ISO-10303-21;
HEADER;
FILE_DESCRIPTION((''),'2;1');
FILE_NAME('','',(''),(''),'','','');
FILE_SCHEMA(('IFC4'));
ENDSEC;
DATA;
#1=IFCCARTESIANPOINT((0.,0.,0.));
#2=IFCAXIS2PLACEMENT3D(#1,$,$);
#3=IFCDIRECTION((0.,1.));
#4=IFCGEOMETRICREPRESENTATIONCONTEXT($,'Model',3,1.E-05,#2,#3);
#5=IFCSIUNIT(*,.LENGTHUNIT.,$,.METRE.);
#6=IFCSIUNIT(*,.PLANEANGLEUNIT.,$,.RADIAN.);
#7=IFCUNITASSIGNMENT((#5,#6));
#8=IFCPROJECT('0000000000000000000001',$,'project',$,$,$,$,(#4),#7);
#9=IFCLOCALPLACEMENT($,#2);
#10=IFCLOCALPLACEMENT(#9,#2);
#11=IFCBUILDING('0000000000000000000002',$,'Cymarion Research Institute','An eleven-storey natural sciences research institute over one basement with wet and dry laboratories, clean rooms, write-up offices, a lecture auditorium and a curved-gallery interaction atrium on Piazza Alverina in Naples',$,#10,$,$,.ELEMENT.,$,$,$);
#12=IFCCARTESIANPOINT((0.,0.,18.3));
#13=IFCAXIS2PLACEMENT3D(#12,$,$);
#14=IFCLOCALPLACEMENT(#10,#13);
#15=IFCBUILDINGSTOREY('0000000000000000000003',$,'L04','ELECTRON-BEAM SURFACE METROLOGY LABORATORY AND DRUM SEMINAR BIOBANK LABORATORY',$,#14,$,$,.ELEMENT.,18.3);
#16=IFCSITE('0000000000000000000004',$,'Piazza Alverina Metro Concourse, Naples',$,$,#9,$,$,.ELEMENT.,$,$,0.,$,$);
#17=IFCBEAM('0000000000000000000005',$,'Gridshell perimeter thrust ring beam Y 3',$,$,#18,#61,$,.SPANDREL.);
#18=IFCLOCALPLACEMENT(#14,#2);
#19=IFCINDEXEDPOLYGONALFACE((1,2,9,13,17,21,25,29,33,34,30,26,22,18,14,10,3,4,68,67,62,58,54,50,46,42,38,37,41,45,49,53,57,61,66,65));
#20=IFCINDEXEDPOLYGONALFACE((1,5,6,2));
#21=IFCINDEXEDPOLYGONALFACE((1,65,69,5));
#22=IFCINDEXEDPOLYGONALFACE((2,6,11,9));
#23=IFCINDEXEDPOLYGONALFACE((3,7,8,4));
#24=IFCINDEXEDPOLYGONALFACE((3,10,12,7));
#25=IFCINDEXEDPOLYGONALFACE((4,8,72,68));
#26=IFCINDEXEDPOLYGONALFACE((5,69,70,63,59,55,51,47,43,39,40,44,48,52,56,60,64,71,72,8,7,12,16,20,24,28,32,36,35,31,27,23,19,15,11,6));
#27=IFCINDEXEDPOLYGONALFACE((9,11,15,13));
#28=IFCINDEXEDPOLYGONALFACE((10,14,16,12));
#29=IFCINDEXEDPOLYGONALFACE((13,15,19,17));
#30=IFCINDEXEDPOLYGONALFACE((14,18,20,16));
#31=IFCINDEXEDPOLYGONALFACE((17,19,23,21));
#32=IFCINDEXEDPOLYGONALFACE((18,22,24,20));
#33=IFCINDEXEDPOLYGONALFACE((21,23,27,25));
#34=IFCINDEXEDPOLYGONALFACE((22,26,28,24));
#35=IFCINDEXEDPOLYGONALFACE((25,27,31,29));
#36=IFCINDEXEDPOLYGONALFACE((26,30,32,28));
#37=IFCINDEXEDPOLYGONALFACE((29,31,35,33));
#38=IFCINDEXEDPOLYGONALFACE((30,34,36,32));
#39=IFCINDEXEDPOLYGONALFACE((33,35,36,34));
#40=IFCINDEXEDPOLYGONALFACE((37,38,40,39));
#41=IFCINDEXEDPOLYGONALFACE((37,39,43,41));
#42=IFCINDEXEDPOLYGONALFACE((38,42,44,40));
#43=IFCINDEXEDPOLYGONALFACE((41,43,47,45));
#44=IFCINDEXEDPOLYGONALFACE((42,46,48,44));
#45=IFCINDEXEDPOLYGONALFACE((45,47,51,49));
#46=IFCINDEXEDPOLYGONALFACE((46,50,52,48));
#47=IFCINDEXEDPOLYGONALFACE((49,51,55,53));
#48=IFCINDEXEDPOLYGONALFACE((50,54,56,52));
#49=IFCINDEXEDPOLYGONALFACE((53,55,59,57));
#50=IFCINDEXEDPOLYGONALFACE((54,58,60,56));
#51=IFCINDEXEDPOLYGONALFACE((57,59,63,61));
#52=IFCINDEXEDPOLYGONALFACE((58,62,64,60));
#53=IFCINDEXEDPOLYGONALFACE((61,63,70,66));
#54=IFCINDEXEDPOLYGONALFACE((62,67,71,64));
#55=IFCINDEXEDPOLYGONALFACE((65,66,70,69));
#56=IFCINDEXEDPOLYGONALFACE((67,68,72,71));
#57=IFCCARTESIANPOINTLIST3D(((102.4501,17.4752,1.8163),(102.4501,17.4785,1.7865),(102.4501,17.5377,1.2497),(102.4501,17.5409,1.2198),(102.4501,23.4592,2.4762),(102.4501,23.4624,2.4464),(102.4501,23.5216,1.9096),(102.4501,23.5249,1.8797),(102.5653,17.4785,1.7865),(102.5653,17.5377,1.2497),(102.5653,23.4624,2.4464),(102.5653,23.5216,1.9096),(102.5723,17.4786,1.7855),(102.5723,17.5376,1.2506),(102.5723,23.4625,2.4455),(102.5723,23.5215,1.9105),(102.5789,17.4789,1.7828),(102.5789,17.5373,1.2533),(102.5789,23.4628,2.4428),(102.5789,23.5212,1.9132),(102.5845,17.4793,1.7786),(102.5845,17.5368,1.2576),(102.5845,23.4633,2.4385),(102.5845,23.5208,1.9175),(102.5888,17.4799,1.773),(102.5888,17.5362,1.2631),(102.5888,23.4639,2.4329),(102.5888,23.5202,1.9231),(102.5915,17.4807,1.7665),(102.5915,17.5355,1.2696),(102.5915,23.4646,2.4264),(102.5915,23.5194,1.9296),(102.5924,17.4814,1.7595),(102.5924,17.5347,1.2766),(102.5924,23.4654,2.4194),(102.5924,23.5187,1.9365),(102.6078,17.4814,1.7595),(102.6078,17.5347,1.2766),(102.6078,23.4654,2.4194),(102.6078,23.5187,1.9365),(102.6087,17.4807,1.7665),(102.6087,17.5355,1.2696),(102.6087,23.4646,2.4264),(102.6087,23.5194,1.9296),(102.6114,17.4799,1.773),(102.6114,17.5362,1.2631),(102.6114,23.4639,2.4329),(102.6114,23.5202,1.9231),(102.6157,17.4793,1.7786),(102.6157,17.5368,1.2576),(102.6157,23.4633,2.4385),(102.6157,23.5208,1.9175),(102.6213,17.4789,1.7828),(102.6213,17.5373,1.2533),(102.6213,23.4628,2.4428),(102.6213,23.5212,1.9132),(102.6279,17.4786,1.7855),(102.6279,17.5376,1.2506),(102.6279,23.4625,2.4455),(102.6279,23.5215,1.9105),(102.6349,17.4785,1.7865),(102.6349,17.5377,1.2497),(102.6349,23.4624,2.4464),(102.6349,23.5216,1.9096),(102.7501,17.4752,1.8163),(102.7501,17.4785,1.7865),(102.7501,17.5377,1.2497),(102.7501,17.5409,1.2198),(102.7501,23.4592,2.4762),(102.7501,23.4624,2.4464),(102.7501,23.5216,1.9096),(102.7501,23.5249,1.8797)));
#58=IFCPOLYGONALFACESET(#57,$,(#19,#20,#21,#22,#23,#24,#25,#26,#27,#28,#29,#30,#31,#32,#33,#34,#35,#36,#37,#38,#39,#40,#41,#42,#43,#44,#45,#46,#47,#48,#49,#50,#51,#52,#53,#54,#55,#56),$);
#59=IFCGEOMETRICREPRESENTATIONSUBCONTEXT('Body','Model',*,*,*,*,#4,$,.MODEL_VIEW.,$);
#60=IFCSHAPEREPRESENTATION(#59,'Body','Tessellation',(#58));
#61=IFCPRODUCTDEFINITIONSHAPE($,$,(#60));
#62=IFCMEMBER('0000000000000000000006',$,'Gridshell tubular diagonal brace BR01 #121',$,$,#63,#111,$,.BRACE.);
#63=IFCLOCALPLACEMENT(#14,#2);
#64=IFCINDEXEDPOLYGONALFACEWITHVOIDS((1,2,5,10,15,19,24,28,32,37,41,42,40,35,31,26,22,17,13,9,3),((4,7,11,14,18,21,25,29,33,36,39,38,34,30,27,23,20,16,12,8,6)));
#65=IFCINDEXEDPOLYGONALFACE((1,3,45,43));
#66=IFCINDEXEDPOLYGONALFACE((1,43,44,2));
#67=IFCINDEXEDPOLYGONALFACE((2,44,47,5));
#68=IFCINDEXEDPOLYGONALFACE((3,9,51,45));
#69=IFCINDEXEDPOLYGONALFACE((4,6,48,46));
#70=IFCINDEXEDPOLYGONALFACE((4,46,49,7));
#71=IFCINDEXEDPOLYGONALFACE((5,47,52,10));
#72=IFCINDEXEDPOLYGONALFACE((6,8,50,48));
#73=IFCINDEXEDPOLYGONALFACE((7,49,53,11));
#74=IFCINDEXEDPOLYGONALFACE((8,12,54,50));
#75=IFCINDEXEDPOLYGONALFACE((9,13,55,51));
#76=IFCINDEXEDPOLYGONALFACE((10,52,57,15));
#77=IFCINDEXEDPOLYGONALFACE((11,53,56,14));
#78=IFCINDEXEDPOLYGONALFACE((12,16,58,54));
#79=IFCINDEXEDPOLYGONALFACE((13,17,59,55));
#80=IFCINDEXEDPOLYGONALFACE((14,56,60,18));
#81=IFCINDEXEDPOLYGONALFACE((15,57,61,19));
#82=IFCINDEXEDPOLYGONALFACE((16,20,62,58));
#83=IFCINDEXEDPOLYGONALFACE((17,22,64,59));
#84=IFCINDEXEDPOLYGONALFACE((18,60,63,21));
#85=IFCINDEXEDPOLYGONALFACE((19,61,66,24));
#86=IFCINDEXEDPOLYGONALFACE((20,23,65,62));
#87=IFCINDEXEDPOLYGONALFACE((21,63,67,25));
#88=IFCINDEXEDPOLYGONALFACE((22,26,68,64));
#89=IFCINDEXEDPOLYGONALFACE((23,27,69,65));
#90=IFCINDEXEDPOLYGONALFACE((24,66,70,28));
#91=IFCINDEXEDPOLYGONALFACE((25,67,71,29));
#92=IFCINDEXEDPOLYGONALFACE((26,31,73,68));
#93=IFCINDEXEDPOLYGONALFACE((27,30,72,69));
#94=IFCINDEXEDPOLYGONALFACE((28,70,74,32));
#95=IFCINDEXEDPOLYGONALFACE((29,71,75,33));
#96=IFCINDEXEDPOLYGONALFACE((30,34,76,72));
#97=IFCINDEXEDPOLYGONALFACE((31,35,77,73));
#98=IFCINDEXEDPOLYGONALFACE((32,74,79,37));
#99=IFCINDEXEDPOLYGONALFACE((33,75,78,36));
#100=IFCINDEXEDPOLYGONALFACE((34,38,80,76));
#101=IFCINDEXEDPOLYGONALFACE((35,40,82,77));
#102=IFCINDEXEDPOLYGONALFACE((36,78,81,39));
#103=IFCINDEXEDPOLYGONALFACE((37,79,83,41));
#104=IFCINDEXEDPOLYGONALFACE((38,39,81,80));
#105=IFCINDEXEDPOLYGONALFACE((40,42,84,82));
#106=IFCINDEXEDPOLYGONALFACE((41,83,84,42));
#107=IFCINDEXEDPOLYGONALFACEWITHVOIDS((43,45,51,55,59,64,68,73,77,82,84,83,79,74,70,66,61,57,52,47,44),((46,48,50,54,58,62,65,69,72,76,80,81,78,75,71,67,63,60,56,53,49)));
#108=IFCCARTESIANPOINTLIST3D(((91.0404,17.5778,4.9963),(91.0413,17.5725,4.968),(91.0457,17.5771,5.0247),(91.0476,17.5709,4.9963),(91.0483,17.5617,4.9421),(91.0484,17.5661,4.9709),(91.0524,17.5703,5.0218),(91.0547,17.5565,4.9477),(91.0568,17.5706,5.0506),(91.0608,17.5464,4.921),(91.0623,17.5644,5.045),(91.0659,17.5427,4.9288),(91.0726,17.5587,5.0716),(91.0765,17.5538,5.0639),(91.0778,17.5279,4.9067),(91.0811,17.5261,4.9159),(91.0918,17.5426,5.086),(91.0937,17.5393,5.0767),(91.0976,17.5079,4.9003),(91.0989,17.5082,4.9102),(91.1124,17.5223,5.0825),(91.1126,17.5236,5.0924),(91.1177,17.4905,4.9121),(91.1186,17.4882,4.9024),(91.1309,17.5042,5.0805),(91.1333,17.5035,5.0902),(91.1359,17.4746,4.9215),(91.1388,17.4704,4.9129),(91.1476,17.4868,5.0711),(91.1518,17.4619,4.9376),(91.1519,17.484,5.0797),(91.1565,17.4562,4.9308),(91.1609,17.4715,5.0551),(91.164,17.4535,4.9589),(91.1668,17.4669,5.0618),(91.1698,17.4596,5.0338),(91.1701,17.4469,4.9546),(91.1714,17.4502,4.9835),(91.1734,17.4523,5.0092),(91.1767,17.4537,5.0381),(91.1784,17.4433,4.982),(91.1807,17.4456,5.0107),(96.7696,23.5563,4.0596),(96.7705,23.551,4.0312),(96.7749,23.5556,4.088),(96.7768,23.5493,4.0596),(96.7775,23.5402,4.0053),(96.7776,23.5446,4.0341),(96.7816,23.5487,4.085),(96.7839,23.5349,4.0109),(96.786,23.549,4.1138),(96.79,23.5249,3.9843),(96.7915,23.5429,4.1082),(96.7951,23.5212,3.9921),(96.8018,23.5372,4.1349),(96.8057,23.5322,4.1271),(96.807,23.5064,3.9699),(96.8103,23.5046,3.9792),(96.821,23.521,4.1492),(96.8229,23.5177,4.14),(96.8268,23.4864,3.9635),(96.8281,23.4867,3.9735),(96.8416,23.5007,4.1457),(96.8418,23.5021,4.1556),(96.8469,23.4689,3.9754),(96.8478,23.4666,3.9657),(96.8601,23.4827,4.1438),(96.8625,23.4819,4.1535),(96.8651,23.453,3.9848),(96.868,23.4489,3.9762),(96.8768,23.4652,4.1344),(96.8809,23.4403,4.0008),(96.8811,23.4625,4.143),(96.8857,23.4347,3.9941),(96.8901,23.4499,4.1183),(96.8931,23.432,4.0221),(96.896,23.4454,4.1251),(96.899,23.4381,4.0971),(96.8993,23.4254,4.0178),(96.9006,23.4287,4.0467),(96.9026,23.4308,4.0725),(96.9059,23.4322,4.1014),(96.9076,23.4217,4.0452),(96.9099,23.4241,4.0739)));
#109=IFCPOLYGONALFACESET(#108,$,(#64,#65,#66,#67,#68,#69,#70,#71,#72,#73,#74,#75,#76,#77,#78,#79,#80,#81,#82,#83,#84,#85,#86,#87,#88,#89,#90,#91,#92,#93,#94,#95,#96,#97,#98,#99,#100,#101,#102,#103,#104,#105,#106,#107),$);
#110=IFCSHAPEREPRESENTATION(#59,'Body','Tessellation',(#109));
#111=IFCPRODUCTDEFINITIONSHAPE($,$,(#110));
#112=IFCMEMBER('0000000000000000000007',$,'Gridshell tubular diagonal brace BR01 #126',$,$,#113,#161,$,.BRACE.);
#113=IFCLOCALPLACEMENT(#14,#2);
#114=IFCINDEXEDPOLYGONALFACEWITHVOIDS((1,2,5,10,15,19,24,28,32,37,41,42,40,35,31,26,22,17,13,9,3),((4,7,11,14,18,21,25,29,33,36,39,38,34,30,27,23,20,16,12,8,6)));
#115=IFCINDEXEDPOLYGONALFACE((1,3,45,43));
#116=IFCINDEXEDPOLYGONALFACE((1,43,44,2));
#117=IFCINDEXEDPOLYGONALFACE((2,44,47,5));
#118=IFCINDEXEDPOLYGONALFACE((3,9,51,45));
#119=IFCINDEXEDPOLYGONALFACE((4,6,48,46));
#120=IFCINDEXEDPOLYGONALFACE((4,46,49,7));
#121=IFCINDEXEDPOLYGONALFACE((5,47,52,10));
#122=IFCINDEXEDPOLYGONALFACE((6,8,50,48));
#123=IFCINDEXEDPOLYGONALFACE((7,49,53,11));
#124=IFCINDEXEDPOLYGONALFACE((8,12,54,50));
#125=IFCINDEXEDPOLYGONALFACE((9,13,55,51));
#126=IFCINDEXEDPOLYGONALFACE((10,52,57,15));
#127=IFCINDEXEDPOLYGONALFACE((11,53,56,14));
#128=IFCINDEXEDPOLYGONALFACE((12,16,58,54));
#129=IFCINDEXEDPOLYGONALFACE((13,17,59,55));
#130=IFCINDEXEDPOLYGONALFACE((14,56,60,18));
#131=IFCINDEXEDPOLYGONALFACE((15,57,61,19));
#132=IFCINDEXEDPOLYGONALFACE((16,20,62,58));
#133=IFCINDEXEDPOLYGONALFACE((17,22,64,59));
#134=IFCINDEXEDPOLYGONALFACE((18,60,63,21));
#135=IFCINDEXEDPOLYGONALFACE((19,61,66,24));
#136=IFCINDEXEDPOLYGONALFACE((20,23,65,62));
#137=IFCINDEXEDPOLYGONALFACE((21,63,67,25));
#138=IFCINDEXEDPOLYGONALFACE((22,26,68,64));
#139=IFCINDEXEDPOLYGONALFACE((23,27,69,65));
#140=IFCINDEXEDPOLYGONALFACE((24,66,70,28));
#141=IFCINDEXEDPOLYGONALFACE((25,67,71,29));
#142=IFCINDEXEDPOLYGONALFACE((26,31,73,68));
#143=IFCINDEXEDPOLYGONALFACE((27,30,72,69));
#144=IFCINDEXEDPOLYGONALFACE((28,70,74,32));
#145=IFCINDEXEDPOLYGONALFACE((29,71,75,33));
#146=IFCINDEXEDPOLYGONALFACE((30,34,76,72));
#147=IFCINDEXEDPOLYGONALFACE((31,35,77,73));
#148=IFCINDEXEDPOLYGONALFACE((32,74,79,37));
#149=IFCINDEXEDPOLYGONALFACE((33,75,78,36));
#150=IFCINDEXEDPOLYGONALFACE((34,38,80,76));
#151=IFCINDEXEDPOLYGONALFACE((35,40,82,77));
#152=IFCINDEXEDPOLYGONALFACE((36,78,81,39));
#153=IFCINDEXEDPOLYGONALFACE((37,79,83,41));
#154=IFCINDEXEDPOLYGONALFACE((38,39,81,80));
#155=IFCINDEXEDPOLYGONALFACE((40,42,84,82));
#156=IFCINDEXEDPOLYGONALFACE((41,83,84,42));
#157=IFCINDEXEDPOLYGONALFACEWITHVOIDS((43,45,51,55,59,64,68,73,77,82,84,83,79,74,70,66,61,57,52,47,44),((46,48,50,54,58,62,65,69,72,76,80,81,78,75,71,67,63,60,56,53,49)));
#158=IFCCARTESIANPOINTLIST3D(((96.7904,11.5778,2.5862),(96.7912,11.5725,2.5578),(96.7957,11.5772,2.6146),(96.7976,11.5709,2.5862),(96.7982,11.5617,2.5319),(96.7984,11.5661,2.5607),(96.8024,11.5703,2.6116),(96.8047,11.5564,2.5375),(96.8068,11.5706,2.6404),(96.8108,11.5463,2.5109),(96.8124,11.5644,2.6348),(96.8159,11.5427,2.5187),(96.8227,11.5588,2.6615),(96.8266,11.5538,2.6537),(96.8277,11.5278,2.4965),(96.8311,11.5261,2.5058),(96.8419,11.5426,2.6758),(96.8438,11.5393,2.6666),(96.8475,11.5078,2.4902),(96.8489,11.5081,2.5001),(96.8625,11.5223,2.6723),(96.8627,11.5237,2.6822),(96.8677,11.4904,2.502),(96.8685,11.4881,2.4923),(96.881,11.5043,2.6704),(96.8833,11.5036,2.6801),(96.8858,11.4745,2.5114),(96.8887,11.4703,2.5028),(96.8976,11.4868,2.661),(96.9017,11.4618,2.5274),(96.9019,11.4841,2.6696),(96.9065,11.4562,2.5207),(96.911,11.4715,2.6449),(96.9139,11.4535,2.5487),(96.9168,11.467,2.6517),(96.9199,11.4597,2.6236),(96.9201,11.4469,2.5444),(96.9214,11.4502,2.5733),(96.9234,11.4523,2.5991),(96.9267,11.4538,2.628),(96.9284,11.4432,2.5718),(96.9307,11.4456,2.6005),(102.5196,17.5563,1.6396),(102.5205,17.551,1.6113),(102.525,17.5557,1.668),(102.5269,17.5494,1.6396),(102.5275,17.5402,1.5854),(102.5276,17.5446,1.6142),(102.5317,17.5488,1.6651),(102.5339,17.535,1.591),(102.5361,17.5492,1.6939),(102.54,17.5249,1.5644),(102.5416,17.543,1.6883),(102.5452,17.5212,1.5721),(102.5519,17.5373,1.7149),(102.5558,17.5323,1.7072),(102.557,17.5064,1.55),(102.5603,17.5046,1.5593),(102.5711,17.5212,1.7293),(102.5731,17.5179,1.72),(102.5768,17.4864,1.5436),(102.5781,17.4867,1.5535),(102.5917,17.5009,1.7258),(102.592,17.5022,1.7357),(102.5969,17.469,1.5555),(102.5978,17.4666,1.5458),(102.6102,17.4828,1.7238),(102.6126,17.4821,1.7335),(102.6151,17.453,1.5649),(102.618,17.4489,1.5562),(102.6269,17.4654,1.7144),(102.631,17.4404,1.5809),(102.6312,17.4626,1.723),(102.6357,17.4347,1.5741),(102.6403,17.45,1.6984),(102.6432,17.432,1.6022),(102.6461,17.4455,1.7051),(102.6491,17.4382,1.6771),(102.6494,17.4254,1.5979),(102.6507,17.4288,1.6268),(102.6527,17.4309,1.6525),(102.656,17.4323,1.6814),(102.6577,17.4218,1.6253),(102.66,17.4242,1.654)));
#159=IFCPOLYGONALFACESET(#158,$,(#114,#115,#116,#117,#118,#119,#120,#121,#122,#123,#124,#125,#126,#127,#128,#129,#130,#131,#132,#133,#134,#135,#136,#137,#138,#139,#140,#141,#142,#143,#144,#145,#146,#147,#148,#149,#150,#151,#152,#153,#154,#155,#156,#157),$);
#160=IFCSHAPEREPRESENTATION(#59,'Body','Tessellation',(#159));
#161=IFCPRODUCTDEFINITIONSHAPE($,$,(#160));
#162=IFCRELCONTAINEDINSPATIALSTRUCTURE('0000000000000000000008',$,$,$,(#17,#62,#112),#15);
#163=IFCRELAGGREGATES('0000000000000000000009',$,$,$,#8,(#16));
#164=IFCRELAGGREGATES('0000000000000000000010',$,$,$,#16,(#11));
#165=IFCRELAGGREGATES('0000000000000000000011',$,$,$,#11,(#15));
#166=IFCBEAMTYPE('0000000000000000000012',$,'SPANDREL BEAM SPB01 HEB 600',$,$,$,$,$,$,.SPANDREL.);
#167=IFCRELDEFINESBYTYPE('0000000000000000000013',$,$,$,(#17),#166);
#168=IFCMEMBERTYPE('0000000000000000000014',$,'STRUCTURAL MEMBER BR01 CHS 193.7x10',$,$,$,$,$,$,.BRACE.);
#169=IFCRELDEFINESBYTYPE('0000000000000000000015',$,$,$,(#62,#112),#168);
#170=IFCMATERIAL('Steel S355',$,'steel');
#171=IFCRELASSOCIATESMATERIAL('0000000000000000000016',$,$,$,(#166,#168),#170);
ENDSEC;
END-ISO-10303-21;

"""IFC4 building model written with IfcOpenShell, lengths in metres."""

from ifc_helpers import new_model, si_unit, direction, frame, origin, origin_2d, place, context, subcontext, project, spatial, hollow_circle, i_section, extrude, material, material_profile, profile_set, type_object, element, save


model = new_model("IFC4")

# Units and contexts
model_context = context("Model", 3, precision=1e-05, world=origin(), true_north=direction((0.0, 1.0)))
body_context = subcontext(model_context, "Body", "Model", "MODEL_VIEW")
ifc_project = project(units=[si_unit("LENGTHUNIT", "METRE"), si_unit("PLANEANGLEUNIT", "RADIAN")], contexts=[model_context])

# Site, building, storey
site_placement = place(None, origin())
site = spatial("IfcSite", under=ifc_project, at=site_placement, Name="Piazza Alverina Metro Concourse, Naples", CompositionType="ELEMENT", RefElevation=0.0)
building_placement = place(site_placement, origin())
building = spatial("IfcBuilding", under=site, at=building_placement, Name="Cymarion Research Institute", Description="An eleven-storey natural sciences research institute over one basement with wet and dry laboratories, clean rooms, write-up offices, a lecture auditorium and a curved-gallery interaction atrium on Piazza Alverina in Naples", CompositionType="ELEMENT")
storey_placement = place(building_placement, frame((0.0, 0.0, 18.3)))
storey = spatial("IfcBuildingStorey", under=building, at=storey_placement, Name="L04", Description="ELECTRON-BEAM SURFACE METROLOGY LABORATORY AND DRUM SEMINAR BIOBANK LABORATORY", CompositionType="ELEMENT", Elevation=18.3)

# Beam
ifc_material_1 = material(Name="Steel S355", Category="steel")
ifc_material_profile_1 = material_profile(ifc_material_1, i_section(OverallWidth=0.3, OverallDepth=0.6001, WebThickness=0.0154, FlangeThickness=0.03, FilletRadius=0.0271, at=origin_2d()), Name="HEB 600")
ifc_profile_set_1 = profile_set([ifc_material_profile_1], Name="Steel S355")
beam_type = type_object("IfcBeamType", Name="SPANDREL BEAM SPB01 HEB 600", PredefinedType="SPANDREL", material=ifc_profile_set_1)
beam_1_placement = place(storey_placement, frame((102.6001, 17.5081, 1.5181), z_axis=(0.0, 0.993974, 0.109617), x_axis=(-1.0, 0.0, 0.0)))
element("IfcBeam", 1, at=beam_1_placement, inside=storey, type_object=beam_type, Name="Gridshell perimeter thrust ring beam Y 3", PredefinedType="SPANDREL", context=body_context, shape_type="SweptSolid", body=[
    extrude(i_section(OverallWidth=0.3, OverallDepth=0.6001, WebThickness=0.0154, FlangeThickness=0.03, FilletRadius=0.0271, at=origin_2d()), origin(), (0.0, 0.0, 1.0), 6.0203),
])

# Members
ifc_material_profile_2 = material_profile(ifc_material_1, hollow_circle(Radius=0.0969, WallThickness=0.01, at=origin_2d()), Name="CHS 193.7x10")
ifc_profile_set_2 = profile_set([ifc_material_profile_2], Name="Steel S355")
member_type_1 = type_object("IfcMemberType", Name="STRUCTURAL MEMBER BR01 CHS 193.7x10", PredefinedType="BRACE", material=ifc_profile_set_2)
member_1_placement = place(storey_placement, frame((91.1104, 17.5107, 4.9963), z_axis=(0.68751, 0.717422, -0.112412), x_axis=(-0.721998, 0.691895, 0.0)))
element("IfcMember", 2, at=member_1_placement, inside=storey, type_object=member_type_1, Name="Gridshell tubular diagonal brace BR01 #121", PredefinedType="BRACE", context=body_context, shape_type="SweptSolid", body=[
    extrude(hollow_circle(Radius=0.0969, WallThickness=0.01, at=origin_2d()), origin(), (0.0, 0.0, 1.0), 8.3333),
])
member_2_placement = place(storey_placement, frame((96.8604, 11.5107, 2.5862), z_axis=(0.687419, 0.717327, -0.113569), x_axis=(-0.721998, 0.691895, 0.0)))
element("IfcMember", 3, at=member_2_placement, inside=storey, type_object=member_type_1, Name="Gridshell tubular diagonal brace BR01 #126", PredefinedType="BRACE", context=body_context, shape_type="SweptSolid", body=[
    extrude(hollow_circle(Radius=0.0969, WallThickness=0.01, at=origin_2d()), origin(), (0.0, 0.0, 1.0), 8.3345),
])

save(model, "model.ifc")
